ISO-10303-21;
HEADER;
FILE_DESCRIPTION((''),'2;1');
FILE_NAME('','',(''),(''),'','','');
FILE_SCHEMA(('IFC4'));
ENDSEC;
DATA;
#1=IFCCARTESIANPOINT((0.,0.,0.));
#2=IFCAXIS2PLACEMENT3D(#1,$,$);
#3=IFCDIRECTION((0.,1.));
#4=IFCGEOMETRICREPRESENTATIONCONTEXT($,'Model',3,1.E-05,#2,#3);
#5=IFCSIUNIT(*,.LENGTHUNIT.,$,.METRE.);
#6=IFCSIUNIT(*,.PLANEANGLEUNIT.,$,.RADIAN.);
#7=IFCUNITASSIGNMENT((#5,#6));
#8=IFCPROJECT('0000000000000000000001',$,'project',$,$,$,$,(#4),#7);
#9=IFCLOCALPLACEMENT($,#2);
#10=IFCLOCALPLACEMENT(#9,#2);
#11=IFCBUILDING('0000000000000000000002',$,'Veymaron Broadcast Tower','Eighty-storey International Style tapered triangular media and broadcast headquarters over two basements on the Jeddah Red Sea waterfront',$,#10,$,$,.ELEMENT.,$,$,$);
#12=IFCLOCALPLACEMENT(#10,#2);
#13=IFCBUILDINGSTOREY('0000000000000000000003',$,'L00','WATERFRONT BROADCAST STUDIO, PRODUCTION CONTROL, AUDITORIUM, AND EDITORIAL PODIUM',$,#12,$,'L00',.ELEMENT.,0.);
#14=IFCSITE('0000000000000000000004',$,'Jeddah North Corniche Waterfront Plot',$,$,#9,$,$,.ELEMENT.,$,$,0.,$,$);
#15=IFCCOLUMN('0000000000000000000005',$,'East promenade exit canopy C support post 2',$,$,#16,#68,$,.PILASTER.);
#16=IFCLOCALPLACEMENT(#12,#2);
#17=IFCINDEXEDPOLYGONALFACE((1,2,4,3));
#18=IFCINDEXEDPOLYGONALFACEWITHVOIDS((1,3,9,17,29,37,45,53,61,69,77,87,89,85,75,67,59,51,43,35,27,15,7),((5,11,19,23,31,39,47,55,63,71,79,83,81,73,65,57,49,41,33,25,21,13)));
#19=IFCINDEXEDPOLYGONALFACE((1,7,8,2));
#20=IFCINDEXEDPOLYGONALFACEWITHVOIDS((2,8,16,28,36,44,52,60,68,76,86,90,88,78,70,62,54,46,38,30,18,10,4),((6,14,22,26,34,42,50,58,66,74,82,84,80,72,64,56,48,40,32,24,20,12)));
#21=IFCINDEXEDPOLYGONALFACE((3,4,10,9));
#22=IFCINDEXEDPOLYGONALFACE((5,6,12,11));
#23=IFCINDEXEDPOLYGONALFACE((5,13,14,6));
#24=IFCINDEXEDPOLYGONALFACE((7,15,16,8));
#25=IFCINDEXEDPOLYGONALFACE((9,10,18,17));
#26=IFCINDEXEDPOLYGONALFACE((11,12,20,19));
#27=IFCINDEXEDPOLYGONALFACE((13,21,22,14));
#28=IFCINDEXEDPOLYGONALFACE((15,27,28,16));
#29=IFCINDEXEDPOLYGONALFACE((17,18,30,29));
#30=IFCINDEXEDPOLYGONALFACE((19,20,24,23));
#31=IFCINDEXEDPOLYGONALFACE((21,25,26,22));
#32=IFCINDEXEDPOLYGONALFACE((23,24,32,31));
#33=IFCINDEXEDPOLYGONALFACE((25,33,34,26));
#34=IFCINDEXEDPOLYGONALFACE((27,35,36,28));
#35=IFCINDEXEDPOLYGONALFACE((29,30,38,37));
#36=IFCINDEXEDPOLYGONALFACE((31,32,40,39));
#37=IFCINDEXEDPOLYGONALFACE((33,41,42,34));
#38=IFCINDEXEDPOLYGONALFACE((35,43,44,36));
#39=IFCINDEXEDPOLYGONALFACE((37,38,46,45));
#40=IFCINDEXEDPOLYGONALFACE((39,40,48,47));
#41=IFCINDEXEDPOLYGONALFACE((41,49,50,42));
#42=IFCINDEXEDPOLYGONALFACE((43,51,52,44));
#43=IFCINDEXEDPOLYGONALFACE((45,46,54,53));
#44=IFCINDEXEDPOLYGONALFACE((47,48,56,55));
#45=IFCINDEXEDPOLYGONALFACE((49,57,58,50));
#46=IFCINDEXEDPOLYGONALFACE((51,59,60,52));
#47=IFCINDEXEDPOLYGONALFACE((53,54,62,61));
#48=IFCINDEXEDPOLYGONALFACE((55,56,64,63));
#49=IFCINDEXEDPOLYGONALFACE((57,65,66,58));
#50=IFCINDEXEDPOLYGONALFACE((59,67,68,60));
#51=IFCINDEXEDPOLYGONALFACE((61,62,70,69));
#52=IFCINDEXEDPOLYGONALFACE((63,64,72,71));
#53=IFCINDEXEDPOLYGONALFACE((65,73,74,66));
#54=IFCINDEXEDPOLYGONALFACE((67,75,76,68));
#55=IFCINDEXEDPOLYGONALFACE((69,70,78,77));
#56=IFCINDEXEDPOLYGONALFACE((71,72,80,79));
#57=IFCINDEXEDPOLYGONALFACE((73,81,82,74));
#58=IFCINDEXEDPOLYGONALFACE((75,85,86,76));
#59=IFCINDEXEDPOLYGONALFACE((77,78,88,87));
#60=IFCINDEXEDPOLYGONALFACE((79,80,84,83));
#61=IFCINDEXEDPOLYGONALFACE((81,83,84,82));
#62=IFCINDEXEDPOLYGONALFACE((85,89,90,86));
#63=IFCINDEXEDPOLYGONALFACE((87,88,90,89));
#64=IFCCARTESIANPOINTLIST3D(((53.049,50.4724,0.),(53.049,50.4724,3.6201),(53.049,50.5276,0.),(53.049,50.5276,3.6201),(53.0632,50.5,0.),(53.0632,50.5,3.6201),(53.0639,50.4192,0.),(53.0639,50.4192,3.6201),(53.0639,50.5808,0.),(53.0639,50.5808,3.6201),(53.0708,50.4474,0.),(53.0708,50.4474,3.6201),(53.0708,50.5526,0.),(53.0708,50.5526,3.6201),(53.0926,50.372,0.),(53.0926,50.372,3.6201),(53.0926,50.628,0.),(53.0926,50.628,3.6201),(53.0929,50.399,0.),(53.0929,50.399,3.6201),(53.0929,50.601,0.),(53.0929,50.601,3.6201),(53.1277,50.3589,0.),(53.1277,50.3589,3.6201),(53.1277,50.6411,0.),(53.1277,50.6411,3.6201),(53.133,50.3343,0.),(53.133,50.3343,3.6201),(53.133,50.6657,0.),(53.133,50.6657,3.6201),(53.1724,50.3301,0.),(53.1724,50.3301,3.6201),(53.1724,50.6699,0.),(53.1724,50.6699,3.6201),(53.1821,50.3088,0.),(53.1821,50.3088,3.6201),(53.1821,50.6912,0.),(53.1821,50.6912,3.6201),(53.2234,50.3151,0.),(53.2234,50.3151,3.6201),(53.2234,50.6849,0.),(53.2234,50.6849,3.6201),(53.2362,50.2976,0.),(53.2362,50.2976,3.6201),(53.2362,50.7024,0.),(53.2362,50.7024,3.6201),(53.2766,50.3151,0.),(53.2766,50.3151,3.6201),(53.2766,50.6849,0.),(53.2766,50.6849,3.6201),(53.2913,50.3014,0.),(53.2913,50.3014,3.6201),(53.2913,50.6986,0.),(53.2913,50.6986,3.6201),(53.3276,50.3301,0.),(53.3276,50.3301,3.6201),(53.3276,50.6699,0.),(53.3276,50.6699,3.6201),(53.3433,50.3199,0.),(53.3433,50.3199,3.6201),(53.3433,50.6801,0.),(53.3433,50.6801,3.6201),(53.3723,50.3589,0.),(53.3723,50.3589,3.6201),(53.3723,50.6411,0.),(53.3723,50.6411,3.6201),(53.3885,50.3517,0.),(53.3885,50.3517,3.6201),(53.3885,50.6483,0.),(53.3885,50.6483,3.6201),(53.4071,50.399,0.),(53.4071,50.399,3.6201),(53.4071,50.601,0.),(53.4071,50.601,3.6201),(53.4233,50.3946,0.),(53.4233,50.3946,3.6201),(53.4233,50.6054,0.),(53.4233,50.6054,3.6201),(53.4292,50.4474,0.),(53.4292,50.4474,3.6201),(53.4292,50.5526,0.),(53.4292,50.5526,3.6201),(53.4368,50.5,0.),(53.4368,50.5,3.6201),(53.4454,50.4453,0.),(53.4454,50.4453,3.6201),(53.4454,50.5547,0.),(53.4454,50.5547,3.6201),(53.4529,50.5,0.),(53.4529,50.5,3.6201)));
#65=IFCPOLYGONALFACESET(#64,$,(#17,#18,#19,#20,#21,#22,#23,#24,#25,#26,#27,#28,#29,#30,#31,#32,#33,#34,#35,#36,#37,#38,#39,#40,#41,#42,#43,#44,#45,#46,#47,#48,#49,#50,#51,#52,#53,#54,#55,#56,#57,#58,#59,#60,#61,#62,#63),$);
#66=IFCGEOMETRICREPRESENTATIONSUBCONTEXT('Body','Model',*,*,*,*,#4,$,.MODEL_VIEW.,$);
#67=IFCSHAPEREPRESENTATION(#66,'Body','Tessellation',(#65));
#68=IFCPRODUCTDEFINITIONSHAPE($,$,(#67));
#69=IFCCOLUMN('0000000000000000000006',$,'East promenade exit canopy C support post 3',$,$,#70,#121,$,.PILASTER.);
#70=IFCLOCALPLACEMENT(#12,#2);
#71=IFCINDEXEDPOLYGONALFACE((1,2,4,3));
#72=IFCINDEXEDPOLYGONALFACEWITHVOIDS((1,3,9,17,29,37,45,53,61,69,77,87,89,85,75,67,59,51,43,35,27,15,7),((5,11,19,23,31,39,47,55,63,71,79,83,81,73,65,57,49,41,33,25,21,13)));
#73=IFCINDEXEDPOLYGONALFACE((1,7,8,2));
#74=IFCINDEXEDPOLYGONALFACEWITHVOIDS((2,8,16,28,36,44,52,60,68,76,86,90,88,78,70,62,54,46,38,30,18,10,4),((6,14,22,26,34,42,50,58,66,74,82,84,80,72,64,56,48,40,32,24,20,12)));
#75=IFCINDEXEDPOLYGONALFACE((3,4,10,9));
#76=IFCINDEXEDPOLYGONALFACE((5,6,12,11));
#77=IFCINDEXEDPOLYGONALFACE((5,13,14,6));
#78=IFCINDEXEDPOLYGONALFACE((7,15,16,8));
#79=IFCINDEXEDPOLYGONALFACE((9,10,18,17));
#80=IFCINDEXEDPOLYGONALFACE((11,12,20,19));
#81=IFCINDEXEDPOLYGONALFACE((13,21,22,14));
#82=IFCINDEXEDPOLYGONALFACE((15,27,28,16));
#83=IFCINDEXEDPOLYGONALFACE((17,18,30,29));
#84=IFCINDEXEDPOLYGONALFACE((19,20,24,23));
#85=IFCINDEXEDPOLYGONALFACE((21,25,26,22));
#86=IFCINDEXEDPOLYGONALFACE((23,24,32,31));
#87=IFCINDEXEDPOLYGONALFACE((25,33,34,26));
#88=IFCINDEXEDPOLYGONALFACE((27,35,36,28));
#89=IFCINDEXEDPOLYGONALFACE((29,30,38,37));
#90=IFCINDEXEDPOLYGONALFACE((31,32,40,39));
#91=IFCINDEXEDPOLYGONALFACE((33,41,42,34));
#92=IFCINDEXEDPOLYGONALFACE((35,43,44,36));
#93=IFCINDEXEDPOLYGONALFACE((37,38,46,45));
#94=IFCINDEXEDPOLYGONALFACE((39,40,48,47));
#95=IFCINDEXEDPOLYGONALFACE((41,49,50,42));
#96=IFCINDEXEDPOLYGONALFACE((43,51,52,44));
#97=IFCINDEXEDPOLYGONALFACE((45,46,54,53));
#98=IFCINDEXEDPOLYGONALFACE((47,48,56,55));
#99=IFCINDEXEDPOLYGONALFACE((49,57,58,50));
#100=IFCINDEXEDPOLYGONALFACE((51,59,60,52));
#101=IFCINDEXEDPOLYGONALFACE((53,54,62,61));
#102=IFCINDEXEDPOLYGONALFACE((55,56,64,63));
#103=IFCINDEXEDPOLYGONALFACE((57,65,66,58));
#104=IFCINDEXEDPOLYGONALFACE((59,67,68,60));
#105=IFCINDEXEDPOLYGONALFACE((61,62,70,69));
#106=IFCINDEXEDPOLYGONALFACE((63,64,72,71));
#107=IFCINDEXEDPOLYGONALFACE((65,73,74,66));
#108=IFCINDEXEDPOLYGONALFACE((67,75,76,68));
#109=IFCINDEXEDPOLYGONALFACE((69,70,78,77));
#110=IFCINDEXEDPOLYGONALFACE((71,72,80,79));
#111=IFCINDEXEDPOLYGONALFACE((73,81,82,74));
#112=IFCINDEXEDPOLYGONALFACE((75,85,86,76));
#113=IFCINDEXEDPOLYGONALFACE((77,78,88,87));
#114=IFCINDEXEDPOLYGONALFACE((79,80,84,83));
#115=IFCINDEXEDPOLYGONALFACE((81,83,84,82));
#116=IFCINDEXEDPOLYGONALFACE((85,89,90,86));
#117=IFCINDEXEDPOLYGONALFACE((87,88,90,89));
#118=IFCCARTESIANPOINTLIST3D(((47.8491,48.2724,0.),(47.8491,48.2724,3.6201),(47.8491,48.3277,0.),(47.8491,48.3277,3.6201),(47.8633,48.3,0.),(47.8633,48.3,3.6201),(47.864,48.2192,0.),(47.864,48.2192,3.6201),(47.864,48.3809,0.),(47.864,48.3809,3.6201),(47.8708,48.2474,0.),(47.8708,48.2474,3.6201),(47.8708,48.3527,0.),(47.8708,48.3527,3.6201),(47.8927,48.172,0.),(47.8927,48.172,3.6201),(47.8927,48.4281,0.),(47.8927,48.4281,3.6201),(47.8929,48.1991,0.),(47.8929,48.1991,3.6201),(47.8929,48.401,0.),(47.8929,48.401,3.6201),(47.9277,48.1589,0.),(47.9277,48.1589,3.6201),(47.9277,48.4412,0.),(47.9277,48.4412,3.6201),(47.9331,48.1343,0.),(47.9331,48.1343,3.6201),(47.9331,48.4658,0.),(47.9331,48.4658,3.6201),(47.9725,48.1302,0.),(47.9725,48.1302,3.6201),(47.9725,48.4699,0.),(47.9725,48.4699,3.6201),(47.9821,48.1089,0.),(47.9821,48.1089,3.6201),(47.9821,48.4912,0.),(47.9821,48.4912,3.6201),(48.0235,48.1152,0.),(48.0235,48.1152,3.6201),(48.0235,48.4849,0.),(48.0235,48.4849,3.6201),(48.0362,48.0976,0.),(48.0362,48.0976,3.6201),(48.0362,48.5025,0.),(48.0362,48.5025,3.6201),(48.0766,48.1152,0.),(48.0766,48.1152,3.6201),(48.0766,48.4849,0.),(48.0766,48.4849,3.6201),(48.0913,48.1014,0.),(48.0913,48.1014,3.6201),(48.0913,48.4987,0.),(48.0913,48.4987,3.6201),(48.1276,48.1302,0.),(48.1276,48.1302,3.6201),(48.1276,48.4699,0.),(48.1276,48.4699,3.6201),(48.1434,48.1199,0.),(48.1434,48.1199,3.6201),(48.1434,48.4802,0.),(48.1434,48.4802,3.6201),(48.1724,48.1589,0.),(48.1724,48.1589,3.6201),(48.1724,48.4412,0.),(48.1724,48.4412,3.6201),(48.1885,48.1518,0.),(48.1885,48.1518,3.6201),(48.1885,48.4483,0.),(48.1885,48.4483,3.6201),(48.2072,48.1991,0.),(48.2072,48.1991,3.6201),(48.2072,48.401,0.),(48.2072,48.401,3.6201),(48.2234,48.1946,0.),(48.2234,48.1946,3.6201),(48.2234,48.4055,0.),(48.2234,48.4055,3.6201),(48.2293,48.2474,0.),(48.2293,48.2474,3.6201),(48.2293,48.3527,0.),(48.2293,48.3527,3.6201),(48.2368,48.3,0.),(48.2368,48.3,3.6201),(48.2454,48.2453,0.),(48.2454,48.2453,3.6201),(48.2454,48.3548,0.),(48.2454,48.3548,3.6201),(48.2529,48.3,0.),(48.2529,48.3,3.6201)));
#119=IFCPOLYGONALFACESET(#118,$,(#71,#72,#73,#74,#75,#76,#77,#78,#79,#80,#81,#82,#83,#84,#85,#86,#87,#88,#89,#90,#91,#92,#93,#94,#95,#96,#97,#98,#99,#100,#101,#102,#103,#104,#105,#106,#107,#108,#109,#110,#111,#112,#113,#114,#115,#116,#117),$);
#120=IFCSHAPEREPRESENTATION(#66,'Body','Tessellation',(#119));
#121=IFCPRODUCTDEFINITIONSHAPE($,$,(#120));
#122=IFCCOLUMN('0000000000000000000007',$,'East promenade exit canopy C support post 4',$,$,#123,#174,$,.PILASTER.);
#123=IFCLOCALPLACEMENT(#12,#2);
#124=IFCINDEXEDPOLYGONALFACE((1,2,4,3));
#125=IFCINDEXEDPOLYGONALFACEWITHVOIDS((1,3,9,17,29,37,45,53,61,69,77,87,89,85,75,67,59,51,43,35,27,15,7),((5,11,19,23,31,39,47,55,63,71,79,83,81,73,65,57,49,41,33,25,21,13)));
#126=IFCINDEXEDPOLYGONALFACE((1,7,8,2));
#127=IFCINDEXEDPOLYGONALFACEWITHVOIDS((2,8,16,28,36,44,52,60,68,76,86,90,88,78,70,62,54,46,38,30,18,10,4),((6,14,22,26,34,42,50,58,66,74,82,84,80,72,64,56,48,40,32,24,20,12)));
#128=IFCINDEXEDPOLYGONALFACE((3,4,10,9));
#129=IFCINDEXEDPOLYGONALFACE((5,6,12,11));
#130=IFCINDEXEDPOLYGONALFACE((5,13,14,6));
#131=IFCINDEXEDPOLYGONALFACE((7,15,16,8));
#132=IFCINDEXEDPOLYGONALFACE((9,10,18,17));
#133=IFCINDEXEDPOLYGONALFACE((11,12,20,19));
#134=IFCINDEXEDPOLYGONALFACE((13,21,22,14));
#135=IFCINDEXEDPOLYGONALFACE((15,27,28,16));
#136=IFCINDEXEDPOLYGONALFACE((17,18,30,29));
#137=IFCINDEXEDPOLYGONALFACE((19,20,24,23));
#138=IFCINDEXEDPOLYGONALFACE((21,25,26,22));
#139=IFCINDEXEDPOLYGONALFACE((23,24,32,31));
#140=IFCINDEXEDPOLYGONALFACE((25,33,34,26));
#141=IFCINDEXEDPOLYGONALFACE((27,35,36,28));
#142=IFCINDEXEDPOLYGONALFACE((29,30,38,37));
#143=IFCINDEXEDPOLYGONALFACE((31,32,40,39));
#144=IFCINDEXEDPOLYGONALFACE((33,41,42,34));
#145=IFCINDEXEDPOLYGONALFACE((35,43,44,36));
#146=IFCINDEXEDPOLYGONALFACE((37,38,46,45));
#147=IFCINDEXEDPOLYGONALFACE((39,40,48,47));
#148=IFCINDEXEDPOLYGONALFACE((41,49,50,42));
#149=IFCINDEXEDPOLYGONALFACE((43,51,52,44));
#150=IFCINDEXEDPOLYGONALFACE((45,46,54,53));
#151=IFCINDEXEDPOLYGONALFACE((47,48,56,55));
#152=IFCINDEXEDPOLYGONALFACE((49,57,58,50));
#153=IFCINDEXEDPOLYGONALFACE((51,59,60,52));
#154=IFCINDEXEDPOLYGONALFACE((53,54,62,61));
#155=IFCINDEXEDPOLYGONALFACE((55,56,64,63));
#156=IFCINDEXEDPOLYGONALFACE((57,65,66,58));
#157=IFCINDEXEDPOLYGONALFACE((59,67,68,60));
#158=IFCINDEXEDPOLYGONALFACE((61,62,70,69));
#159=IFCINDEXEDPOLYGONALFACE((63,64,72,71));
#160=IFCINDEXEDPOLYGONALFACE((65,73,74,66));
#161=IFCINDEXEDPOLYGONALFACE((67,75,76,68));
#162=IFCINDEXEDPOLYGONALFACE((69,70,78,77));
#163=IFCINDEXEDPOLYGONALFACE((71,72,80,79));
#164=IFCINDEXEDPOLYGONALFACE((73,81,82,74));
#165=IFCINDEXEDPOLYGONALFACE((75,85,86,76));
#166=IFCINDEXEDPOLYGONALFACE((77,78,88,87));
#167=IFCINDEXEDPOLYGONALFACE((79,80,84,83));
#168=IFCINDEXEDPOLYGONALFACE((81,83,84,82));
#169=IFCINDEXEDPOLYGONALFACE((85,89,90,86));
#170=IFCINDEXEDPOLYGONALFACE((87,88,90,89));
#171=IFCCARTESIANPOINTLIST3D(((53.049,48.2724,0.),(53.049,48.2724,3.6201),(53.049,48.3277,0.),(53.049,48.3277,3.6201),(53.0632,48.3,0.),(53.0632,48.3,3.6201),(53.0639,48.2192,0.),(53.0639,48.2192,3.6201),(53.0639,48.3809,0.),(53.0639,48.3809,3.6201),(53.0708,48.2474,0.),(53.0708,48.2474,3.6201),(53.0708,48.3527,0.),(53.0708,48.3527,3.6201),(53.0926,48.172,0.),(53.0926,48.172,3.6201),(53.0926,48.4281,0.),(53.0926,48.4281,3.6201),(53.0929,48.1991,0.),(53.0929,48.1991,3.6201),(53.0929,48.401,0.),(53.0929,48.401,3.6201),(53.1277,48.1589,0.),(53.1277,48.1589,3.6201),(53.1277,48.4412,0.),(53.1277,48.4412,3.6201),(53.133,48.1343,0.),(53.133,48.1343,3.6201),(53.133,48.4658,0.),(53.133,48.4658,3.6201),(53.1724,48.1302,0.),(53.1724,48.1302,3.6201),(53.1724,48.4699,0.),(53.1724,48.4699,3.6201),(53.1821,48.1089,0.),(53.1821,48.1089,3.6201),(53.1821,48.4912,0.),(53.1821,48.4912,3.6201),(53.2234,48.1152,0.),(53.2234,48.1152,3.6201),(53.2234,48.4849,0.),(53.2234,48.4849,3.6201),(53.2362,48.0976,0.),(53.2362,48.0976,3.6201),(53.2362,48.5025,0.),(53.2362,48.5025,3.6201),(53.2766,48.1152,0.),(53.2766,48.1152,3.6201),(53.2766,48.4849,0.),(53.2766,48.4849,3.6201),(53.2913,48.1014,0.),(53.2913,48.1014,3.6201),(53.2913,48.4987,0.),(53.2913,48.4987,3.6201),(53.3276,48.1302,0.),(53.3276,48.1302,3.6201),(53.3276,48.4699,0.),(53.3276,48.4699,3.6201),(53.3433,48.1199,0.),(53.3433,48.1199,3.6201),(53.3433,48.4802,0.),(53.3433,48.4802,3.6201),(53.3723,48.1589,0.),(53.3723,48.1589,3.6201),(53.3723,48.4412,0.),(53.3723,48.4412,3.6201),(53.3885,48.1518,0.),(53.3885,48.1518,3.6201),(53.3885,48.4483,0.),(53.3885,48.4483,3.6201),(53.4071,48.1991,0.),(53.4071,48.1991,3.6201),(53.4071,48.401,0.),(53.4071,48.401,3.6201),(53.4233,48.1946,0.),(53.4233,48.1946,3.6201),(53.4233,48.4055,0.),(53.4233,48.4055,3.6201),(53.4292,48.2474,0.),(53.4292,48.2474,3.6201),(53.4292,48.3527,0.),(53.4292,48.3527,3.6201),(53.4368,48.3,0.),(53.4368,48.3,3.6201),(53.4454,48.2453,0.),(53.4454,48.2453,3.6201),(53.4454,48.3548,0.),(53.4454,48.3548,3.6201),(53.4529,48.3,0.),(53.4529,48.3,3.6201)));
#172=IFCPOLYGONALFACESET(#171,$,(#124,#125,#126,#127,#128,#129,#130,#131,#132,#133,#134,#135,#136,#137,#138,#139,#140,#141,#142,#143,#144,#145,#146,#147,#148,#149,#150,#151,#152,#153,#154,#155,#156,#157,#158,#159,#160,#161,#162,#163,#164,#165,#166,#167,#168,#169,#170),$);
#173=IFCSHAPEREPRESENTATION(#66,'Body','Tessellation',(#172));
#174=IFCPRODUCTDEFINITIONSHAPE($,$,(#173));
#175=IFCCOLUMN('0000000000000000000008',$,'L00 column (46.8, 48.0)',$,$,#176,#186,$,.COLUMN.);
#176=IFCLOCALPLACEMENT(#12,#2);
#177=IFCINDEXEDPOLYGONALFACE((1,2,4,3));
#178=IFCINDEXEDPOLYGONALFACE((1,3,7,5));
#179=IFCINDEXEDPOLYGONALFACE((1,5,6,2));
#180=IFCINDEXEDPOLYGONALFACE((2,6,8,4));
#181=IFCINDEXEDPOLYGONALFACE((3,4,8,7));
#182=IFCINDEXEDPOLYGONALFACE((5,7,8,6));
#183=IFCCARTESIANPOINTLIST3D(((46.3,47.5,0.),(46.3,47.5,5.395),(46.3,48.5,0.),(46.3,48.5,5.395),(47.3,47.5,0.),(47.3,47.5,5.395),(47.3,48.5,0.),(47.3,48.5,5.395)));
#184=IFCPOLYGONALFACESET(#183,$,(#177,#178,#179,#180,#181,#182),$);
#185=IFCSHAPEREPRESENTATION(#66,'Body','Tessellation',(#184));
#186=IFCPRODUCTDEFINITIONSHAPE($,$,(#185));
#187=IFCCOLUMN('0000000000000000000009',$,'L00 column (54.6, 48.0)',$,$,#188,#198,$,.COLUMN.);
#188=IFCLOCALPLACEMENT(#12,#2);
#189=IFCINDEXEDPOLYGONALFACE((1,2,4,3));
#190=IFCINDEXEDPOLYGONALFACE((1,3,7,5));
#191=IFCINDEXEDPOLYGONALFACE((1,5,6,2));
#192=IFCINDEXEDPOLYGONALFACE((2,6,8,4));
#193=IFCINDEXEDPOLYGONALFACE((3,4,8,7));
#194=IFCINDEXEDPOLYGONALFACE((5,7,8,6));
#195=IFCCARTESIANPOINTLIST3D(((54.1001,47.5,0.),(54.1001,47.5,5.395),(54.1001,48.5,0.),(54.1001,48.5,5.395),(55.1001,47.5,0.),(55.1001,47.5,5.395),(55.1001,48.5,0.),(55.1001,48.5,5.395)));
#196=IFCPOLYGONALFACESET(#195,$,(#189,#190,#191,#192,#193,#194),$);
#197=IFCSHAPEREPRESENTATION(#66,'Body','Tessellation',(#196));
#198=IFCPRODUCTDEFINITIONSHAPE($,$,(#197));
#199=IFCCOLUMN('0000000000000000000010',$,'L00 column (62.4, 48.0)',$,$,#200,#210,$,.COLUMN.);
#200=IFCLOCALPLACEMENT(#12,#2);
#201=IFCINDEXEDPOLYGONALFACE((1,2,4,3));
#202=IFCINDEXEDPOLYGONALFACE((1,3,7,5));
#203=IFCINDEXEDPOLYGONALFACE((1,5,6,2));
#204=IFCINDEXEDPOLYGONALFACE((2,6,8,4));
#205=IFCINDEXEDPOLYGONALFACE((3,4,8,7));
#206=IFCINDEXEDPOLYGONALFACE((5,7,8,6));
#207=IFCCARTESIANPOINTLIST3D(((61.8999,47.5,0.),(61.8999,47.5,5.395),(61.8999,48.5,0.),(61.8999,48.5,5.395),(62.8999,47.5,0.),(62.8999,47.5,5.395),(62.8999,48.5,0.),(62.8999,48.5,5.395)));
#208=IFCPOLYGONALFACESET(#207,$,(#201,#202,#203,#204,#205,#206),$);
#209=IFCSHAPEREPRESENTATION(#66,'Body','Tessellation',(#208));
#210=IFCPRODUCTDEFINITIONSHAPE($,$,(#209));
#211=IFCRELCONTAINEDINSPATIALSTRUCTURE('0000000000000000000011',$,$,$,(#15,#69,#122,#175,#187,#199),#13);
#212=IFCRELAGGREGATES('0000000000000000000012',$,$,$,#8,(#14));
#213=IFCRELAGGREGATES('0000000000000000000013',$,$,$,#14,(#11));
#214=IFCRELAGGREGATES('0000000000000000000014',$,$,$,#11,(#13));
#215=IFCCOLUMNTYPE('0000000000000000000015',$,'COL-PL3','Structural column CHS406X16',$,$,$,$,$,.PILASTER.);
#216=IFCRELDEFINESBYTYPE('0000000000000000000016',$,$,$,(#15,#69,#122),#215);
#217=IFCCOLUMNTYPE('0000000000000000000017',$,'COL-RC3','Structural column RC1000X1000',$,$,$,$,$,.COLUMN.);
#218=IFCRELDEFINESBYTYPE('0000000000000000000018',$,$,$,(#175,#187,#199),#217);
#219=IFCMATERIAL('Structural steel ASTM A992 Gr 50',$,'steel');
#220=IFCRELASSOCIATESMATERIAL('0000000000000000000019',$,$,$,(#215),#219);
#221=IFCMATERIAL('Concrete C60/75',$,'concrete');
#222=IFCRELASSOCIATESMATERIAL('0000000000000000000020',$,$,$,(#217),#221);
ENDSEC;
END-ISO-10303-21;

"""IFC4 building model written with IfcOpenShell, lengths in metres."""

from ifc_helpers import new_model, si_unit, direction, frame, origin, origin_2d, place, context, subcontext, project, spatial, rectangle, hollow_circle, extrude, material, material_profile, profile_set, type_object, element, save


model = new_model("IFC4")

# Units and contexts
model_context = context("Model", 3, precision=1e-05, world=origin(), true_north=direction((0.0, 1.0)))
body_context = subcontext(model_context, "Body", "Model", "MODEL_VIEW")
ifc_project = project(units=[si_unit("LENGTHUNIT", "METRE"), si_unit("PLANEANGLEUNIT", "RADIAN")], contexts=[model_context])

# Site, building, storey
site_placement = place(None, origin())
site = spatial("IfcSite", under=ifc_project, at=site_placement, Name="Jeddah North Corniche Waterfront Plot", CompositionType="ELEMENT", RefElevation=0.0)
building_placement = place(site_placement, origin())
building = spatial("IfcBuilding", under=site, at=building_placement, Name="Veymaron Broadcast Tower", Description="Eighty-storey International Style tapered triangular media and broadcast headquarters over two basements on the Jeddah Red Sea waterfront", CompositionType="ELEMENT")
storey_placement = place(building_placement, origin())
storey = spatial("IfcBuildingStorey", under=building, at=storey_placement, Name="L00", Description="WATERFRONT BROADCAST STUDIO, PRODUCTION CONTROL, AUDITORIUM, AND EDITORIAL PODIUM", LongName="L00", CompositionType="ELEMENT", Elevation=0.0)

# Columns
ifc_material_1 = material(Name="Structural steel ASTM A992 Gr 50", Category="steel")
ifc_material_profile_1 = material_profile(ifc_material_1, hollow_circle(Radius=0.2029, WallThickness=0.0161, at=origin_2d()), Name="CHS406X16")
ifc_profile_set_1 = profile_set([ifc_material_profile_1], Name="Structural steel ASTM A992 Gr 50")
column_type_1 = type_object("IfcColumnType", Name="COL-PL3", Description="Structural column CHS406X16", PredefinedType="PILASTER", material=ifc_profile_set_1)
for number, where, z_axis, x_axis, name in (
    (1, (53.25, 50.5, 0.0), (0.0, 0.0, 1.0), (1.0, 0.0, 0.0), "East promenade exit canopy C support post 2"),
    (2, (48.05, 48.3, 0.0), (0.0, 0.0, 1.0), (1.0, 0.0, 0.0), "East promenade exit canopy C support post 3"),
    (3, (53.25, 48.3, 0.0), (0.0, 0.0, 1.0), (1.0, 0.0, 0.0), "East promenade exit canopy C support post 4"),
):
    element("IfcColumn", number, at=place(storey_placement, frame(where, z_axis=z_axis, x_axis=x_axis)), inside=storey, type_object=column_type_1, Name=name, PredefinedType="PILASTER", context=body_context, shape_type="SweptSolid", body=[
        extrude(hollow_circle(Radius=0.2029, WallThickness=0.0161, at=origin_2d()), origin(), (0.0, 0.0, 1.0), 3.6201),
    ])
ifc_material_2 = material(Name="Concrete C60/75", Category="concrete")
ifc_material_profile_2 = material_profile(ifc_material_2, rectangle(XDim=1.0, YDim=1.0, at=origin_2d()), Name="RC1000X1000")
ifc_profile_set_2 = profile_set([ifc_material_profile_2], Name="Concrete C60/75")
column_type_2 = type_object("IfcColumnType", Name="COL-RC3", Description="Structural column RC1000X1000", PredefinedType="COLUMN", material=ifc_profile_set_2)
for number, where, z_axis, x_axis, name in (
    (4, (46.8, 48.0, 0.0), (0.0, 0.0, 1.0), (1.0, 0.0, 0.0), "L00 column (46.8, 48.0)"),
    (5, (54.6001, 48.0, 0.0), (0.0, 0.0, 1.0), (1.0, 0.0, 0.0), "L00 column (54.6, 48.0)"),
    (6, (62.3999, 48.0, 0.0), (0.0, 0.0, 1.0), (1.0, 0.0, 0.0), "L00 column (62.4, 48.0)"),
):
    element("IfcColumn", number, at=place(storey_placement, frame(where, z_axis=z_axis, x_axis=x_axis)), inside=storey, type_object=column_type_2, Name=name, PredefinedType="COLUMN", context=body_context, shape_type="SweptSolid", body=[
        extrude(rectangle(XDim=1.0, YDim=1.0, at=origin_2d()), origin(), (0.0, 0.0, 1.0), 5.395),
    ])

save(model, "model.ifc")
